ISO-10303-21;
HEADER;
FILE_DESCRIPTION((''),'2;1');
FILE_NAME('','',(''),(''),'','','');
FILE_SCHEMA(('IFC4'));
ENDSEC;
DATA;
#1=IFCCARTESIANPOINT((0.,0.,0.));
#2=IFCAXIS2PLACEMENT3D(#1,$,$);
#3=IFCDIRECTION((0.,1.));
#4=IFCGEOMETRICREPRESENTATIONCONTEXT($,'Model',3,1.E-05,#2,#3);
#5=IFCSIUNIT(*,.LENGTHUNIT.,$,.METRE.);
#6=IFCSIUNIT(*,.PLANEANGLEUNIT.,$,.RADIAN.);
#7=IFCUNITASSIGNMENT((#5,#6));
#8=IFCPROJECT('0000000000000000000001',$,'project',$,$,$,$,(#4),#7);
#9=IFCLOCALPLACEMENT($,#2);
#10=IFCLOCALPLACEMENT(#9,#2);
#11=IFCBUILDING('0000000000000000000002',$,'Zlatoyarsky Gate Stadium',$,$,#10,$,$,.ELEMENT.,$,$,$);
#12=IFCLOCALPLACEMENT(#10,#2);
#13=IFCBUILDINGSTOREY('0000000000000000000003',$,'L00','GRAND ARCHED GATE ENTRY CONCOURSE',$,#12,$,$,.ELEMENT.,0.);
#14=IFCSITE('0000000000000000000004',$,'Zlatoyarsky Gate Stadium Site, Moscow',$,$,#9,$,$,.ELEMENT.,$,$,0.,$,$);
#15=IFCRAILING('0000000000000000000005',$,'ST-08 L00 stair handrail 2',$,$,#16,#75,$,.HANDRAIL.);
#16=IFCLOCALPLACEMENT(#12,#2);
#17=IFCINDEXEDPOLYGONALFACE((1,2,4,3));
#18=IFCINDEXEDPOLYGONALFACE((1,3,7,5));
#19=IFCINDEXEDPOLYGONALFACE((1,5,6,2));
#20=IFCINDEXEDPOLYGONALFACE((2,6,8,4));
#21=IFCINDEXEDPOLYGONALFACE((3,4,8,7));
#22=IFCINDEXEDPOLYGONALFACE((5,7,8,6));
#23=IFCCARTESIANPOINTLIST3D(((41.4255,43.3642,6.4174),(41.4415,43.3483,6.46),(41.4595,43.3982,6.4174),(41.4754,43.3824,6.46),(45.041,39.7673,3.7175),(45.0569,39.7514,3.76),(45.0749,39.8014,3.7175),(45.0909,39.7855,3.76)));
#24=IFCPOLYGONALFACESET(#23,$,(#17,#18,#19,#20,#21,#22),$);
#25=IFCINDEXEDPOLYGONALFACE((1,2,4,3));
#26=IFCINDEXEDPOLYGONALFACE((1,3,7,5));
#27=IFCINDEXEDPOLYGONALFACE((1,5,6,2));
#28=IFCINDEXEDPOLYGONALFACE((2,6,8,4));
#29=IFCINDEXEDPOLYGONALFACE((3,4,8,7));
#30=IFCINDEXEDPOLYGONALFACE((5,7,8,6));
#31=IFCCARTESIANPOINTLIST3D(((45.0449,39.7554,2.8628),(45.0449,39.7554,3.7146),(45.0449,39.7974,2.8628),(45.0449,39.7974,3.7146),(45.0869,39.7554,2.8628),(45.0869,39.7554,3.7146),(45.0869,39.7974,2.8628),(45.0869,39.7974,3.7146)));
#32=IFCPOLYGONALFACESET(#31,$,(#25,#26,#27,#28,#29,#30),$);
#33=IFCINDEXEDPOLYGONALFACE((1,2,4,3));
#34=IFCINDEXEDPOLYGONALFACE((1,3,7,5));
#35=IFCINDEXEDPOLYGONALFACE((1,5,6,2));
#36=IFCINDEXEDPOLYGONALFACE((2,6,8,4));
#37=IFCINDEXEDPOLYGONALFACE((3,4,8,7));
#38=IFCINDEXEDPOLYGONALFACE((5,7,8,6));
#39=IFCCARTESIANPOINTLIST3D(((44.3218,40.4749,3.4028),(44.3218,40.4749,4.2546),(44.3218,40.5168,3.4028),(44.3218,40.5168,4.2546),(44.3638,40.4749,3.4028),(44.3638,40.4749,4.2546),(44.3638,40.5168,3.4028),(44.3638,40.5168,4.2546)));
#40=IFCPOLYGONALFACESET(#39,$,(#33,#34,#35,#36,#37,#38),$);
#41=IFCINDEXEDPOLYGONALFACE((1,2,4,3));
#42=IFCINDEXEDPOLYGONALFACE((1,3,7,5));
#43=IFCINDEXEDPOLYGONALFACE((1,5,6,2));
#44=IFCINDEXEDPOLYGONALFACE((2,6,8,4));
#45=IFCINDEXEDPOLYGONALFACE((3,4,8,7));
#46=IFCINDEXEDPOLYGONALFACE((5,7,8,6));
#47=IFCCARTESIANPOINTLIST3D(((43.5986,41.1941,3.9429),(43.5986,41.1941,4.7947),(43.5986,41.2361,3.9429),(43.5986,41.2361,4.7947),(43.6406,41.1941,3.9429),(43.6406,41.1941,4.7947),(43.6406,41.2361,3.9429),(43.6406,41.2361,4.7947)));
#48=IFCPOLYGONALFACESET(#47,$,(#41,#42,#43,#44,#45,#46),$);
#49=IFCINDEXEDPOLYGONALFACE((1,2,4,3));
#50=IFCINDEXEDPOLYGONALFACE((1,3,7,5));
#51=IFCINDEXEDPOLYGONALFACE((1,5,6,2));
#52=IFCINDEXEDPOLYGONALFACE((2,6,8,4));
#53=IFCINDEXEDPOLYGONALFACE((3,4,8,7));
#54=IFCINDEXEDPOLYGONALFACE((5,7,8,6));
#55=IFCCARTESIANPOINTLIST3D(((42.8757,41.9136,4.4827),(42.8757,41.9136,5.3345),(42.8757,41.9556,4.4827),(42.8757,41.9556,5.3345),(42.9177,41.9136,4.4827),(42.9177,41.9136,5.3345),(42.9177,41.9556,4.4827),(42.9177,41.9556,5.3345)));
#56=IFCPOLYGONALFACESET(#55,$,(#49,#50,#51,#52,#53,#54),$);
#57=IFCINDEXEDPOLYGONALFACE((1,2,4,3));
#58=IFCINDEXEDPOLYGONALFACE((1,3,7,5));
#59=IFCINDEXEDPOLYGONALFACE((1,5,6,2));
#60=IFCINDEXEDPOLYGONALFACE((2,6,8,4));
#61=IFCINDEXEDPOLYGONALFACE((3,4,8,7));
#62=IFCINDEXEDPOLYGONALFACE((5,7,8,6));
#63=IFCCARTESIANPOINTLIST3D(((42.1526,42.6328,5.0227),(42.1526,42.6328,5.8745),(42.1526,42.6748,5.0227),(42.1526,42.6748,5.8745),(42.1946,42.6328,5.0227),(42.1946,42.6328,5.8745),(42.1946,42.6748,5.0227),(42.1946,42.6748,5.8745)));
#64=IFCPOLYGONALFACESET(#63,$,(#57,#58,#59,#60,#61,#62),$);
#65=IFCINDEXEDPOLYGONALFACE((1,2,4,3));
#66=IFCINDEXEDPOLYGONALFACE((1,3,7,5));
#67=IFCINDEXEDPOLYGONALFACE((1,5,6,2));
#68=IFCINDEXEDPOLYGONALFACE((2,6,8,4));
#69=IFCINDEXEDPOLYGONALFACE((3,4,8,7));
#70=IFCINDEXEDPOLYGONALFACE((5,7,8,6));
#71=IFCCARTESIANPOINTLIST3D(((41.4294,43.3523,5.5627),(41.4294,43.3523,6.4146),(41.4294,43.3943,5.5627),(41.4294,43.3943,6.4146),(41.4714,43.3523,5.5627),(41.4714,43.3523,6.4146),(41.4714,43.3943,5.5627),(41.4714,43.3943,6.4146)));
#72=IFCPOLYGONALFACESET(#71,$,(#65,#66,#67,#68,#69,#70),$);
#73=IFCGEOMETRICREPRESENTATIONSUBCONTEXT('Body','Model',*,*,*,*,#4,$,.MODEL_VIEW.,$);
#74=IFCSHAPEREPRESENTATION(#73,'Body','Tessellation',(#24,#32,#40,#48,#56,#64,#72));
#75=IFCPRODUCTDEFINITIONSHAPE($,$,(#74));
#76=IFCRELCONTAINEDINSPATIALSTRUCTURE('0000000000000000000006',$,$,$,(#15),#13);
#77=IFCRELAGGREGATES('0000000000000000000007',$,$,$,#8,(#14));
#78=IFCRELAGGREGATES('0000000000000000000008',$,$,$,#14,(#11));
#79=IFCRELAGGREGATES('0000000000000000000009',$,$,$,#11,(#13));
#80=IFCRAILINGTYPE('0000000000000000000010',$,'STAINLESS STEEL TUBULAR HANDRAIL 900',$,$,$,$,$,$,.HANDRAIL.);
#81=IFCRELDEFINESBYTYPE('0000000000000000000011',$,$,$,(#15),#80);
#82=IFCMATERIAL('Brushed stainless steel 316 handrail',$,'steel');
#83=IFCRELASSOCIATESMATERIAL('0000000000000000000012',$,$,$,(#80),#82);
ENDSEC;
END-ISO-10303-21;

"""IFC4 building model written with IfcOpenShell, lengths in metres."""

from ifc_helpers import new_model, si_unit, direction, frame, origin, origin_2d, place, context, subcontext, project, spatial, rectangle, extrude, material, type_object, element, save


model = new_model("IFC4")

# Units and contexts
model_context = context("Model", 3, precision=1e-05, world=origin(), true_north=direction((0.0, 1.0)))
body_context = subcontext(model_context, "Body", "Model", "MODEL_VIEW")
ifc_project = project(units=[si_unit("LENGTHUNIT", "METRE"), si_unit("PLANEANGLEUNIT", "RADIAN")], contexts=[model_context])

# Site, building, storey
site_placement = place(None, origin())
site = spatial("IfcSite", under=ifc_project, at=site_placement, Name="Zlatoyarsky Gate Stadium Site, Moscow", CompositionType="ELEMENT", RefElevation=0.0)
building_placement = place(site_placement, origin())
building = spatial("IfcBuilding", under=site, at=building_placement, Name="Zlatoyarsky Gate Stadium", CompositionType="ELEMENT")
storey_placement = place(building_placement, origin())
storey = spatial("IfcBuildingStorey", under=building, at=storey_placement, Name="L00", Description="GRAND ARCHED GATE ENTRY CONCOURSE", CompositionType="ELEMENT", Elevation=0.0)

# Railing
ifc_material_1 = material(Name="Brushed stainless steel 316 handrail", Category="steel")
railing_type_1 = type_object("IfcRailingType", Name="STAINLESS STEEL TUBULAR HANDRAIL 900", PredefinedType="HANDRAIL", material=ifc_material_1)
railing_1_placement = place(storey_placement, frame((45.0659, 39.7764, 2.8628)))
element("IfcRailing", 1, at=railing_1_placement, inside=storey, type_object=railing_type_1, Name="ST-08 L00 stair handrail 2", PredefinedType="HANDRAIL", context=body_context, shape_type="SweptSolid", body=[
    extrude(rectangle(XDim=0.0481, YDim=0.0481, at=origin_2d()), frame((0.0, 0.0, 0.876), z_axis=(-0.626539, 0.623324, 0.467884), x_axis=(-0.705285, -0.708924, 0.0)), (0.0, 0.0, 1.0), 5.7705),
    extrude(rectangle(XDim=0.042, YDim=0.042, at=origin_2d()), origin(), (0.0, 0.0, 1.0), 0.8518),
    extrude(rectangle(XDim=0.042, YDim=0.042, at=origin_2d()), frame((-0.7231, 0.7195, 0.54)), (0.0, 0.0, 1.0), 0.8518),
    extrude(rectangle(XDim=0.042, YDim=0.042, at=origin_2d()), frame((-1.4463, 1.4387, 1.0801)), (0.0, 0.0, 1.0), 0.8518),
    extrude(rectangle(XDim=0.042, YDim=0.042, at=origin_2d()), frame((-2.1692, 2.1582, 1.6199)), (0.0, 0.0, 1.0), 0.8518),
    extrude(rectangle(XDim=0.042, YDim=0.042, at=origin_2d()), frame((-2.8923, 2.8774, 2.1599)), (0.0, 0.0, 1.0), 0.8518),
    extrude(rectangle(XDim=0.042, YDim=0.042, at=origin_2d()), frame((-3.6155, 3.5969, 2.7)), (0.0, 0.0, 1.0), 0.8518),
])

save(model, "model.ifc")
